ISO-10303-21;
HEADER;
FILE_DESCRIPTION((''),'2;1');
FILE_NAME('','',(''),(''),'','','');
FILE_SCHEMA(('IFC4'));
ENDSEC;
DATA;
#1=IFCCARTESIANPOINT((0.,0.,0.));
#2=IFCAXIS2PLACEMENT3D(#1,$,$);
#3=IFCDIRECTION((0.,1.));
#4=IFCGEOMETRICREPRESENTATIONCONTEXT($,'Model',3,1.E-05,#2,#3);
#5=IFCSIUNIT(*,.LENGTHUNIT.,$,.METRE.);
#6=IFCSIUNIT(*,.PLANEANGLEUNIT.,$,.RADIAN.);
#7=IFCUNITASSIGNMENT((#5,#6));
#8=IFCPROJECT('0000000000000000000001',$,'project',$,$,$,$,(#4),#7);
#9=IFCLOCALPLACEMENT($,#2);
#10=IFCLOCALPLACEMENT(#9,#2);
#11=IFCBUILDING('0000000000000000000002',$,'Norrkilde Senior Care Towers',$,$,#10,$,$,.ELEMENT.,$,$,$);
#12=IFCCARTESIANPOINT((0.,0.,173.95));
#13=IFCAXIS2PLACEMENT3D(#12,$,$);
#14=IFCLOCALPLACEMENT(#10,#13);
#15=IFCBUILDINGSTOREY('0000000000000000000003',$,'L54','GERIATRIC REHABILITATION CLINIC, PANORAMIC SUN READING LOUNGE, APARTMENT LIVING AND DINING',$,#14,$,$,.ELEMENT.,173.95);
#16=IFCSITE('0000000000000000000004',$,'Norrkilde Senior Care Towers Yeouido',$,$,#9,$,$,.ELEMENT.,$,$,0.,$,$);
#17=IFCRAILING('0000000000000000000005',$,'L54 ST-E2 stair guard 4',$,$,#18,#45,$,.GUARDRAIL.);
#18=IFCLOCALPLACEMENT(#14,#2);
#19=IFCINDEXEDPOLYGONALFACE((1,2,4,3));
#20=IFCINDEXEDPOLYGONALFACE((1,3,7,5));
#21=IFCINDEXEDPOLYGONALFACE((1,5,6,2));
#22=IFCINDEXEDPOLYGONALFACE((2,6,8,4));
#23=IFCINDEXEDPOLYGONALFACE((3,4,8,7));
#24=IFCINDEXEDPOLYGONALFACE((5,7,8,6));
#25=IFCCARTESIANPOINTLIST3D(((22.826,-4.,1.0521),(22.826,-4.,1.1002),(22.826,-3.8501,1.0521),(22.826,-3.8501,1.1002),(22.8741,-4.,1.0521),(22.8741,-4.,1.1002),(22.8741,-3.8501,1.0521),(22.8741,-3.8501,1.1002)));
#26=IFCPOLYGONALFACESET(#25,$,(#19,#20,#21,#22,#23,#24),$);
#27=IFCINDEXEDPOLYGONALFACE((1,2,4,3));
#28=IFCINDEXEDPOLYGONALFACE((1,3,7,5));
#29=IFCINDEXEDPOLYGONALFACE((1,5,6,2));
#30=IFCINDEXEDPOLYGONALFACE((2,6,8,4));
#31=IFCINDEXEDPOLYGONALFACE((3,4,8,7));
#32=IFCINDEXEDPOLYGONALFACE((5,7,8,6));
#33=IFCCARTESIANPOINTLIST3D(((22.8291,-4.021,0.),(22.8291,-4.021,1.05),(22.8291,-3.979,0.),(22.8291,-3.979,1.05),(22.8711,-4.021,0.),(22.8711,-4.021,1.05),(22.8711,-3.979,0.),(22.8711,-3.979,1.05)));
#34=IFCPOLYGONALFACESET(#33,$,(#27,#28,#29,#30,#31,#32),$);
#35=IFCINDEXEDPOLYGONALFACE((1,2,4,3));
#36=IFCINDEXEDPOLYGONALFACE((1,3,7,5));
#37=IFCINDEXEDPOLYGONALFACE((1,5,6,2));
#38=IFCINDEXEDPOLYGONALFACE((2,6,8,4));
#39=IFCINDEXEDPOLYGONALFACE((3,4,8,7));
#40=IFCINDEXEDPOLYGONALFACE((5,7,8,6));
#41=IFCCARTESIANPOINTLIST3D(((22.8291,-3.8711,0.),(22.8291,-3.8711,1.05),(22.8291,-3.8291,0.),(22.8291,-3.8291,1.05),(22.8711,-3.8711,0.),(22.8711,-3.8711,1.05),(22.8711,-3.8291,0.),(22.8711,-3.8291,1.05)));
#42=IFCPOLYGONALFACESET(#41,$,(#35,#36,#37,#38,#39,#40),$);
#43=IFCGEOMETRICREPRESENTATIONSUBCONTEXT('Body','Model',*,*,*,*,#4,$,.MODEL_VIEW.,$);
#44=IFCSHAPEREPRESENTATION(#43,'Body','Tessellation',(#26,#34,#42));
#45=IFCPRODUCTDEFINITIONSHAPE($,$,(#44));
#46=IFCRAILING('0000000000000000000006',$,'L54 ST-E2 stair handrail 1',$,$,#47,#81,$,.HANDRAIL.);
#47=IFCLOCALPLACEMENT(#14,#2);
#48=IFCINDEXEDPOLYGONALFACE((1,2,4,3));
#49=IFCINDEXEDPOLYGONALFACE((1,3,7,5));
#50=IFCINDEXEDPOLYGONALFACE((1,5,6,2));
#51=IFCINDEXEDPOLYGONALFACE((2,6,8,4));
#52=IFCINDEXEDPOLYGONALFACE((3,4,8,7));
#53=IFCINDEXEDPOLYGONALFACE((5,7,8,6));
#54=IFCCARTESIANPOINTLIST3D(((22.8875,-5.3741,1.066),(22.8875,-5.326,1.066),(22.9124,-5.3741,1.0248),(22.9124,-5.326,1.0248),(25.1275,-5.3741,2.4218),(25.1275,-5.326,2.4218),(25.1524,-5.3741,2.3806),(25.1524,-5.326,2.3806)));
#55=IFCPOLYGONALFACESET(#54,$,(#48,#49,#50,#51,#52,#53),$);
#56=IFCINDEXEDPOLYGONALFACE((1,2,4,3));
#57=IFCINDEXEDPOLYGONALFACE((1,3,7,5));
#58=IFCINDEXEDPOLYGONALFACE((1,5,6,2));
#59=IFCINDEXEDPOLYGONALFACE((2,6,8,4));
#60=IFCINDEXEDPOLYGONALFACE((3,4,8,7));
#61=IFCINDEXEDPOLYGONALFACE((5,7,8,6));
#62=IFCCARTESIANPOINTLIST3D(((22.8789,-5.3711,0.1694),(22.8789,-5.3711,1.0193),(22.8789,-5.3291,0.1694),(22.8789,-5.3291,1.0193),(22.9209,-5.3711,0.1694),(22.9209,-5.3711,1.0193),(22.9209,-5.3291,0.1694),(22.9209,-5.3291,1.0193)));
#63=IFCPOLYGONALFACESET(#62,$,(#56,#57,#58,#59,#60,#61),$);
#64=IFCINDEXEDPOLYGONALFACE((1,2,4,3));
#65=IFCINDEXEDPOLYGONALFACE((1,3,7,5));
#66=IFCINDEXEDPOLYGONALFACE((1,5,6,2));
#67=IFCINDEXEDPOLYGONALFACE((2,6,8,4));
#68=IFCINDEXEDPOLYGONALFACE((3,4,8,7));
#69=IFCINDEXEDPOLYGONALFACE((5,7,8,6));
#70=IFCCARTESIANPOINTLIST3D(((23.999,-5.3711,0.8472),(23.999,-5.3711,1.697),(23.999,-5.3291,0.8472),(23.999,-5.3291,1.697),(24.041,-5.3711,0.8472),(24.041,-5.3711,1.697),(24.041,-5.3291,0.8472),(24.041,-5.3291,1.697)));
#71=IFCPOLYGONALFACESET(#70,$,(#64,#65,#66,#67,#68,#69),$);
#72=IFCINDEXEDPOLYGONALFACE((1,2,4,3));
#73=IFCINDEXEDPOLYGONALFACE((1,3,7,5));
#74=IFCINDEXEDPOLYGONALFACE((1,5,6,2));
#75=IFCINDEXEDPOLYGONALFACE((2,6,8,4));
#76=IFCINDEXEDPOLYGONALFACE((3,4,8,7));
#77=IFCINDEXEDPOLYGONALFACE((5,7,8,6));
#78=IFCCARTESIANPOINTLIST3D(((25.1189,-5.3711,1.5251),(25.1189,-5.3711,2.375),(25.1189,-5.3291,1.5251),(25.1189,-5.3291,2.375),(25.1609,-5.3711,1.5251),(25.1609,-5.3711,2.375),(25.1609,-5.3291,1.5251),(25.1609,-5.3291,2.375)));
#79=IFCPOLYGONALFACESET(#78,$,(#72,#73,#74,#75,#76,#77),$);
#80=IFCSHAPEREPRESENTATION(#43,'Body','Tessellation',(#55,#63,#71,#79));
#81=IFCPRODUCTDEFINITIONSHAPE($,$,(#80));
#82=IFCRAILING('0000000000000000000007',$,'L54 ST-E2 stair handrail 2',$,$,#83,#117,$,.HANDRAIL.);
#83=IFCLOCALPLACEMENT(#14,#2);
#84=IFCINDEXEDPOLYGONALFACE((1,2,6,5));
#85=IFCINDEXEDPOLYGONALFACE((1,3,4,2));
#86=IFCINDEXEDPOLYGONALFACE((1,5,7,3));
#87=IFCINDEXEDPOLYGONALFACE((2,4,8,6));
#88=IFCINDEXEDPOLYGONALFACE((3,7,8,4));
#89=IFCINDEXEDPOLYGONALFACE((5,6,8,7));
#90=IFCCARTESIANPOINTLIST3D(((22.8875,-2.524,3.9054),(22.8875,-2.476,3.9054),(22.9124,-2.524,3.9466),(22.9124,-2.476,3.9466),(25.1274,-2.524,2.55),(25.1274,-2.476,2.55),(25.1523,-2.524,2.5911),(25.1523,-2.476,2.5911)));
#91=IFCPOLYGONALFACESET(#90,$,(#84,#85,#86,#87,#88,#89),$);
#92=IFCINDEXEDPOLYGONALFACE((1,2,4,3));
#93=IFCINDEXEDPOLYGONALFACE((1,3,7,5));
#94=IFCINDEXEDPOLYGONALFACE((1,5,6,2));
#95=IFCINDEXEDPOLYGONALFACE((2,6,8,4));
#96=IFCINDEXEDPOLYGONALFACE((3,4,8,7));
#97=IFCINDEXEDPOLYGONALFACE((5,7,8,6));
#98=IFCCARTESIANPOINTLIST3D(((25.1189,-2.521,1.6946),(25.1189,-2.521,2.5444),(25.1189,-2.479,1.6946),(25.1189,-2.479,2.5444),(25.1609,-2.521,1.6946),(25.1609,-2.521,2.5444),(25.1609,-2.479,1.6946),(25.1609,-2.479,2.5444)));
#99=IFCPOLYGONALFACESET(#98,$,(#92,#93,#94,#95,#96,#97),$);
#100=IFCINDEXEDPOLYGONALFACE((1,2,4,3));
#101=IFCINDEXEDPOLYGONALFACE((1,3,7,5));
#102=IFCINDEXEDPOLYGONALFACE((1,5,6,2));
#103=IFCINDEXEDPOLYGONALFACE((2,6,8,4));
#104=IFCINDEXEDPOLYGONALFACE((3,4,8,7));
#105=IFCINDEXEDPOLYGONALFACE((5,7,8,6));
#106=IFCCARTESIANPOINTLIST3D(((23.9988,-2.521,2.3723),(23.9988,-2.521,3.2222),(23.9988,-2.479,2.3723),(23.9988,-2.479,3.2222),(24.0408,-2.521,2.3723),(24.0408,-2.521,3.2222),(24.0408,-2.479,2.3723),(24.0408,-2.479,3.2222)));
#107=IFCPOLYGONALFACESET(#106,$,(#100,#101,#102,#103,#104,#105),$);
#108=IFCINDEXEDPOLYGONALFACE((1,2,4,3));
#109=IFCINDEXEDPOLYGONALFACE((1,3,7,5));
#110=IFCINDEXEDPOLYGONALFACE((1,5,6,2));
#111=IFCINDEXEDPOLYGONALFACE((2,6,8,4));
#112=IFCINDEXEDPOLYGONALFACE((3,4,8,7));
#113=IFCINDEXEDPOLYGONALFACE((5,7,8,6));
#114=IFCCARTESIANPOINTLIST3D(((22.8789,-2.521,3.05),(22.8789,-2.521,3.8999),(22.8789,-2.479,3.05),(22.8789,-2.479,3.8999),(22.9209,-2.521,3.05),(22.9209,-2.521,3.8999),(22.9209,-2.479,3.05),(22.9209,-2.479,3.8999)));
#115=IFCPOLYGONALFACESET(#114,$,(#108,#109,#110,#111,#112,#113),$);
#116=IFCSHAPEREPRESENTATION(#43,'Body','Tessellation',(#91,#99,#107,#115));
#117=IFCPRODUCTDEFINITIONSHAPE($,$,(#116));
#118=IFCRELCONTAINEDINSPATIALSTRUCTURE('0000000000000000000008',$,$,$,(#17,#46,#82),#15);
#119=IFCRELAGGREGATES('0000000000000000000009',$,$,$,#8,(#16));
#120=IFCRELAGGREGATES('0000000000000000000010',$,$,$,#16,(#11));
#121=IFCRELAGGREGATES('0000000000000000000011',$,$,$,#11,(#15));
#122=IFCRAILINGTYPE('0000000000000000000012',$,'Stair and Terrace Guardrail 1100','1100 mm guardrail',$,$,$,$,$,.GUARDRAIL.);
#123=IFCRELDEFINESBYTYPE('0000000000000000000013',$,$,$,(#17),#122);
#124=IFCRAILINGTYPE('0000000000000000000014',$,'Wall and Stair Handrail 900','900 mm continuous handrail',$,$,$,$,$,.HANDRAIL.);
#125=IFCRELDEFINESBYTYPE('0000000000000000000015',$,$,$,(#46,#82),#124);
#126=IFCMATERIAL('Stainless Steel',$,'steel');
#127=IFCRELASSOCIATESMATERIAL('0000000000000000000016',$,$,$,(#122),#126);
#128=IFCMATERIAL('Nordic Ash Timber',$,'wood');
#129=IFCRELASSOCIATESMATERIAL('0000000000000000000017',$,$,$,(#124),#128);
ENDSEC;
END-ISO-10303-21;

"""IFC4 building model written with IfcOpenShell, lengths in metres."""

from ifc_helpers import new_model, si_unit, direction, frame, origin, origin_2d, place, context, subcontext, project, spatial, rectangle, extrude, material, type_object, element, save


model = new_model("IFC4")

# Units and contexts
model_context = context("Model", 3, precision=1e-05, world=origin(), true_north=direction((0.0, 1.0)))
body_context = subcontext(model_context, "Body", "Model", "MODEL_VIEW")
ifc_project = project(units=[si_unit("LENGTHUNIT", "METRE"), si_unit("PLANEANGLEUNIT", "RADIAN")], contexts=[model_context])

# Site, building, storey
site_placement = place(None, origin())
site = spatial("IfcSite", under=ifc_project, at=site_placement, Name="Norrkilde Senior Care Towers Yeouido", CompositionType="ELEMENT", RefElevation=0.0)
building_placement = place(site_placement, origin())
building = spatial("IfcBuilding", under=site, at=building_placement, Name="Norrkilde Senior Care Towers", CompositionType="ELEMENT")
storey_placement = place(building_placement, frame((0.0, 0.0, 173.95)))
storey = spatial("IfcBuildingStorey", under=building, at=storey_placement, Name="L54", Description="GERIATRIC REHABILITATION CLINIC, PANORAMIC SUN READING LOUNGE, APARTMENT LIVING AND DINING", CompositionType="ELEMENT", Elevation=173.95)

# Shared definitions
ifc_material_1 = material(Name="Nordic Ash Timber", Category="wood")

# Railings
ifc_material_2 = material(Name="Stainless Steel", Category="steel")
railing_type_1 = type_object("IfcRailingType", Name="Stair and Terrace Guardrail 1100", Description="1100 mm guardrail", PredefinedType="GUARDRAIL", material=ifc_material_2)
railing_1_placement = place(storey_placement, frame((22.8501, -4.0, 0.0)))
element("IfcRailing", 1, at=railing_1_placement, inside=storey, type_object=railing_type_1, Name="L54 ST-E2 stair guard 4", PredefinedType="GUARDRAIL", context=body_context, shape_type="SweptSolid", body=[
    extrude(rectangle(XDim=0.0481, YDim=0.0481, at=origin_2d()), frame((0.0, 0.0, 1.0762), z_axis=(0.0, 1.0, 0.0), x_axis=(-1.0, 0.0, 0.0)), (0.0, 0.0, 1.0), 0.1499),
    extrude(rectangle(XDim=0.042, YDim=0.042, at=origin_2d()), origin(), (0.0, 0.0, 1.0), 1.05),
    extrude(rectangle(XDim=0.042, YDim=0.042, at=origin_2d()), frame((0.0, 0.1499, 0.0)), (0.0, 0.0, 1.0), 1.05),
])
railing_type_2 = type_object("IfcRailingType", Name="Wall and Stair Handrail 900", Description="900 mm continuous handrail", PredefinedType="HANDRAIL", material=ifc_material_1)
railing_2_placement = place(storey_placement, frame((22.8999, -5.3501, 0.1694)))
element("IfcRailing", 2, at=railing_2_placement, inside=storey, type_object=railing_type_2, Name="L54 ST-E2 stair handrail 1", PredefinedType="HANDRAIL", context=body_context, shape_type="SweptSolid", body=[
    extrude(rectangle(XDim=0.0481, YDim=0.0481, at=origin_2d()), frame((0.0, 0.0, 0.876), z_axis=(0.855512, 0.0, 0.517783), x_axis=(0.0, 1.0, 0.0)), (0.0, 0.0, 1.0), 2.6184),
    extrude(rectangle(XDim=0.042, YDim=0.042, at=origin_2d()), origin(), (0.0, 0.0, 1.0), 0.8499),
    extrude(rectangle(XDim=0.042, YDim=0.042, at=origin_2d()), frame((1.1201, 0.0, 0.6777)), (0.0, 0.0, 1.0), 0.8499),
    extrude(rectangle(XDim=0.042, YDim=0.042, at=origin_2d()), frame((2.24, 0.0, 1.3557)), (0.0, 0.0, 1.0), 0.8499),
])
railing_3_placement = place(storey_placement, frame((25.1399, -2.5, 1.6946)))
element("IfcRailing", 3, at=railing_3_placement, inside=storey, type_object=railing_type_2, Name="L54 ST-E2 stair handrail 2", PredefinedType="HANDRAIL", context=body_context, shape_type="SweptSolid", body=[
    extrude(rectangle(XDim=0.0481, YDim=0.0481, at=origin_2d()), frame((0.0, 0.0, 0.876), z_axis=(-0.855553, 0.0, 0.517715), x_axis=(0.0, -1.0, 0.0)), (0.0, 0.0, 1.0), 2.6182),
    extrude(rectangle(XDim=0.042, YDim=0.042, at=origin_2d()), origin(), (0.0, 0.0, 1.0), 0.8499),
    extrude(rectangle(XDim=0.042, YDim=0.042, at=origin_2d()), frame((-1.1201, 0.0, 0.6777)), (0.0, 0.0, 1.0), 0.8499),
    extrude(rectangle(XDim=0.042, YDim=0.042, at=origin_2d()), frame((-2.24, 0.0, 1.3555)), (0.0, 0.0, 1.0), 0.8499),
])

save(model, "model.ifc")
